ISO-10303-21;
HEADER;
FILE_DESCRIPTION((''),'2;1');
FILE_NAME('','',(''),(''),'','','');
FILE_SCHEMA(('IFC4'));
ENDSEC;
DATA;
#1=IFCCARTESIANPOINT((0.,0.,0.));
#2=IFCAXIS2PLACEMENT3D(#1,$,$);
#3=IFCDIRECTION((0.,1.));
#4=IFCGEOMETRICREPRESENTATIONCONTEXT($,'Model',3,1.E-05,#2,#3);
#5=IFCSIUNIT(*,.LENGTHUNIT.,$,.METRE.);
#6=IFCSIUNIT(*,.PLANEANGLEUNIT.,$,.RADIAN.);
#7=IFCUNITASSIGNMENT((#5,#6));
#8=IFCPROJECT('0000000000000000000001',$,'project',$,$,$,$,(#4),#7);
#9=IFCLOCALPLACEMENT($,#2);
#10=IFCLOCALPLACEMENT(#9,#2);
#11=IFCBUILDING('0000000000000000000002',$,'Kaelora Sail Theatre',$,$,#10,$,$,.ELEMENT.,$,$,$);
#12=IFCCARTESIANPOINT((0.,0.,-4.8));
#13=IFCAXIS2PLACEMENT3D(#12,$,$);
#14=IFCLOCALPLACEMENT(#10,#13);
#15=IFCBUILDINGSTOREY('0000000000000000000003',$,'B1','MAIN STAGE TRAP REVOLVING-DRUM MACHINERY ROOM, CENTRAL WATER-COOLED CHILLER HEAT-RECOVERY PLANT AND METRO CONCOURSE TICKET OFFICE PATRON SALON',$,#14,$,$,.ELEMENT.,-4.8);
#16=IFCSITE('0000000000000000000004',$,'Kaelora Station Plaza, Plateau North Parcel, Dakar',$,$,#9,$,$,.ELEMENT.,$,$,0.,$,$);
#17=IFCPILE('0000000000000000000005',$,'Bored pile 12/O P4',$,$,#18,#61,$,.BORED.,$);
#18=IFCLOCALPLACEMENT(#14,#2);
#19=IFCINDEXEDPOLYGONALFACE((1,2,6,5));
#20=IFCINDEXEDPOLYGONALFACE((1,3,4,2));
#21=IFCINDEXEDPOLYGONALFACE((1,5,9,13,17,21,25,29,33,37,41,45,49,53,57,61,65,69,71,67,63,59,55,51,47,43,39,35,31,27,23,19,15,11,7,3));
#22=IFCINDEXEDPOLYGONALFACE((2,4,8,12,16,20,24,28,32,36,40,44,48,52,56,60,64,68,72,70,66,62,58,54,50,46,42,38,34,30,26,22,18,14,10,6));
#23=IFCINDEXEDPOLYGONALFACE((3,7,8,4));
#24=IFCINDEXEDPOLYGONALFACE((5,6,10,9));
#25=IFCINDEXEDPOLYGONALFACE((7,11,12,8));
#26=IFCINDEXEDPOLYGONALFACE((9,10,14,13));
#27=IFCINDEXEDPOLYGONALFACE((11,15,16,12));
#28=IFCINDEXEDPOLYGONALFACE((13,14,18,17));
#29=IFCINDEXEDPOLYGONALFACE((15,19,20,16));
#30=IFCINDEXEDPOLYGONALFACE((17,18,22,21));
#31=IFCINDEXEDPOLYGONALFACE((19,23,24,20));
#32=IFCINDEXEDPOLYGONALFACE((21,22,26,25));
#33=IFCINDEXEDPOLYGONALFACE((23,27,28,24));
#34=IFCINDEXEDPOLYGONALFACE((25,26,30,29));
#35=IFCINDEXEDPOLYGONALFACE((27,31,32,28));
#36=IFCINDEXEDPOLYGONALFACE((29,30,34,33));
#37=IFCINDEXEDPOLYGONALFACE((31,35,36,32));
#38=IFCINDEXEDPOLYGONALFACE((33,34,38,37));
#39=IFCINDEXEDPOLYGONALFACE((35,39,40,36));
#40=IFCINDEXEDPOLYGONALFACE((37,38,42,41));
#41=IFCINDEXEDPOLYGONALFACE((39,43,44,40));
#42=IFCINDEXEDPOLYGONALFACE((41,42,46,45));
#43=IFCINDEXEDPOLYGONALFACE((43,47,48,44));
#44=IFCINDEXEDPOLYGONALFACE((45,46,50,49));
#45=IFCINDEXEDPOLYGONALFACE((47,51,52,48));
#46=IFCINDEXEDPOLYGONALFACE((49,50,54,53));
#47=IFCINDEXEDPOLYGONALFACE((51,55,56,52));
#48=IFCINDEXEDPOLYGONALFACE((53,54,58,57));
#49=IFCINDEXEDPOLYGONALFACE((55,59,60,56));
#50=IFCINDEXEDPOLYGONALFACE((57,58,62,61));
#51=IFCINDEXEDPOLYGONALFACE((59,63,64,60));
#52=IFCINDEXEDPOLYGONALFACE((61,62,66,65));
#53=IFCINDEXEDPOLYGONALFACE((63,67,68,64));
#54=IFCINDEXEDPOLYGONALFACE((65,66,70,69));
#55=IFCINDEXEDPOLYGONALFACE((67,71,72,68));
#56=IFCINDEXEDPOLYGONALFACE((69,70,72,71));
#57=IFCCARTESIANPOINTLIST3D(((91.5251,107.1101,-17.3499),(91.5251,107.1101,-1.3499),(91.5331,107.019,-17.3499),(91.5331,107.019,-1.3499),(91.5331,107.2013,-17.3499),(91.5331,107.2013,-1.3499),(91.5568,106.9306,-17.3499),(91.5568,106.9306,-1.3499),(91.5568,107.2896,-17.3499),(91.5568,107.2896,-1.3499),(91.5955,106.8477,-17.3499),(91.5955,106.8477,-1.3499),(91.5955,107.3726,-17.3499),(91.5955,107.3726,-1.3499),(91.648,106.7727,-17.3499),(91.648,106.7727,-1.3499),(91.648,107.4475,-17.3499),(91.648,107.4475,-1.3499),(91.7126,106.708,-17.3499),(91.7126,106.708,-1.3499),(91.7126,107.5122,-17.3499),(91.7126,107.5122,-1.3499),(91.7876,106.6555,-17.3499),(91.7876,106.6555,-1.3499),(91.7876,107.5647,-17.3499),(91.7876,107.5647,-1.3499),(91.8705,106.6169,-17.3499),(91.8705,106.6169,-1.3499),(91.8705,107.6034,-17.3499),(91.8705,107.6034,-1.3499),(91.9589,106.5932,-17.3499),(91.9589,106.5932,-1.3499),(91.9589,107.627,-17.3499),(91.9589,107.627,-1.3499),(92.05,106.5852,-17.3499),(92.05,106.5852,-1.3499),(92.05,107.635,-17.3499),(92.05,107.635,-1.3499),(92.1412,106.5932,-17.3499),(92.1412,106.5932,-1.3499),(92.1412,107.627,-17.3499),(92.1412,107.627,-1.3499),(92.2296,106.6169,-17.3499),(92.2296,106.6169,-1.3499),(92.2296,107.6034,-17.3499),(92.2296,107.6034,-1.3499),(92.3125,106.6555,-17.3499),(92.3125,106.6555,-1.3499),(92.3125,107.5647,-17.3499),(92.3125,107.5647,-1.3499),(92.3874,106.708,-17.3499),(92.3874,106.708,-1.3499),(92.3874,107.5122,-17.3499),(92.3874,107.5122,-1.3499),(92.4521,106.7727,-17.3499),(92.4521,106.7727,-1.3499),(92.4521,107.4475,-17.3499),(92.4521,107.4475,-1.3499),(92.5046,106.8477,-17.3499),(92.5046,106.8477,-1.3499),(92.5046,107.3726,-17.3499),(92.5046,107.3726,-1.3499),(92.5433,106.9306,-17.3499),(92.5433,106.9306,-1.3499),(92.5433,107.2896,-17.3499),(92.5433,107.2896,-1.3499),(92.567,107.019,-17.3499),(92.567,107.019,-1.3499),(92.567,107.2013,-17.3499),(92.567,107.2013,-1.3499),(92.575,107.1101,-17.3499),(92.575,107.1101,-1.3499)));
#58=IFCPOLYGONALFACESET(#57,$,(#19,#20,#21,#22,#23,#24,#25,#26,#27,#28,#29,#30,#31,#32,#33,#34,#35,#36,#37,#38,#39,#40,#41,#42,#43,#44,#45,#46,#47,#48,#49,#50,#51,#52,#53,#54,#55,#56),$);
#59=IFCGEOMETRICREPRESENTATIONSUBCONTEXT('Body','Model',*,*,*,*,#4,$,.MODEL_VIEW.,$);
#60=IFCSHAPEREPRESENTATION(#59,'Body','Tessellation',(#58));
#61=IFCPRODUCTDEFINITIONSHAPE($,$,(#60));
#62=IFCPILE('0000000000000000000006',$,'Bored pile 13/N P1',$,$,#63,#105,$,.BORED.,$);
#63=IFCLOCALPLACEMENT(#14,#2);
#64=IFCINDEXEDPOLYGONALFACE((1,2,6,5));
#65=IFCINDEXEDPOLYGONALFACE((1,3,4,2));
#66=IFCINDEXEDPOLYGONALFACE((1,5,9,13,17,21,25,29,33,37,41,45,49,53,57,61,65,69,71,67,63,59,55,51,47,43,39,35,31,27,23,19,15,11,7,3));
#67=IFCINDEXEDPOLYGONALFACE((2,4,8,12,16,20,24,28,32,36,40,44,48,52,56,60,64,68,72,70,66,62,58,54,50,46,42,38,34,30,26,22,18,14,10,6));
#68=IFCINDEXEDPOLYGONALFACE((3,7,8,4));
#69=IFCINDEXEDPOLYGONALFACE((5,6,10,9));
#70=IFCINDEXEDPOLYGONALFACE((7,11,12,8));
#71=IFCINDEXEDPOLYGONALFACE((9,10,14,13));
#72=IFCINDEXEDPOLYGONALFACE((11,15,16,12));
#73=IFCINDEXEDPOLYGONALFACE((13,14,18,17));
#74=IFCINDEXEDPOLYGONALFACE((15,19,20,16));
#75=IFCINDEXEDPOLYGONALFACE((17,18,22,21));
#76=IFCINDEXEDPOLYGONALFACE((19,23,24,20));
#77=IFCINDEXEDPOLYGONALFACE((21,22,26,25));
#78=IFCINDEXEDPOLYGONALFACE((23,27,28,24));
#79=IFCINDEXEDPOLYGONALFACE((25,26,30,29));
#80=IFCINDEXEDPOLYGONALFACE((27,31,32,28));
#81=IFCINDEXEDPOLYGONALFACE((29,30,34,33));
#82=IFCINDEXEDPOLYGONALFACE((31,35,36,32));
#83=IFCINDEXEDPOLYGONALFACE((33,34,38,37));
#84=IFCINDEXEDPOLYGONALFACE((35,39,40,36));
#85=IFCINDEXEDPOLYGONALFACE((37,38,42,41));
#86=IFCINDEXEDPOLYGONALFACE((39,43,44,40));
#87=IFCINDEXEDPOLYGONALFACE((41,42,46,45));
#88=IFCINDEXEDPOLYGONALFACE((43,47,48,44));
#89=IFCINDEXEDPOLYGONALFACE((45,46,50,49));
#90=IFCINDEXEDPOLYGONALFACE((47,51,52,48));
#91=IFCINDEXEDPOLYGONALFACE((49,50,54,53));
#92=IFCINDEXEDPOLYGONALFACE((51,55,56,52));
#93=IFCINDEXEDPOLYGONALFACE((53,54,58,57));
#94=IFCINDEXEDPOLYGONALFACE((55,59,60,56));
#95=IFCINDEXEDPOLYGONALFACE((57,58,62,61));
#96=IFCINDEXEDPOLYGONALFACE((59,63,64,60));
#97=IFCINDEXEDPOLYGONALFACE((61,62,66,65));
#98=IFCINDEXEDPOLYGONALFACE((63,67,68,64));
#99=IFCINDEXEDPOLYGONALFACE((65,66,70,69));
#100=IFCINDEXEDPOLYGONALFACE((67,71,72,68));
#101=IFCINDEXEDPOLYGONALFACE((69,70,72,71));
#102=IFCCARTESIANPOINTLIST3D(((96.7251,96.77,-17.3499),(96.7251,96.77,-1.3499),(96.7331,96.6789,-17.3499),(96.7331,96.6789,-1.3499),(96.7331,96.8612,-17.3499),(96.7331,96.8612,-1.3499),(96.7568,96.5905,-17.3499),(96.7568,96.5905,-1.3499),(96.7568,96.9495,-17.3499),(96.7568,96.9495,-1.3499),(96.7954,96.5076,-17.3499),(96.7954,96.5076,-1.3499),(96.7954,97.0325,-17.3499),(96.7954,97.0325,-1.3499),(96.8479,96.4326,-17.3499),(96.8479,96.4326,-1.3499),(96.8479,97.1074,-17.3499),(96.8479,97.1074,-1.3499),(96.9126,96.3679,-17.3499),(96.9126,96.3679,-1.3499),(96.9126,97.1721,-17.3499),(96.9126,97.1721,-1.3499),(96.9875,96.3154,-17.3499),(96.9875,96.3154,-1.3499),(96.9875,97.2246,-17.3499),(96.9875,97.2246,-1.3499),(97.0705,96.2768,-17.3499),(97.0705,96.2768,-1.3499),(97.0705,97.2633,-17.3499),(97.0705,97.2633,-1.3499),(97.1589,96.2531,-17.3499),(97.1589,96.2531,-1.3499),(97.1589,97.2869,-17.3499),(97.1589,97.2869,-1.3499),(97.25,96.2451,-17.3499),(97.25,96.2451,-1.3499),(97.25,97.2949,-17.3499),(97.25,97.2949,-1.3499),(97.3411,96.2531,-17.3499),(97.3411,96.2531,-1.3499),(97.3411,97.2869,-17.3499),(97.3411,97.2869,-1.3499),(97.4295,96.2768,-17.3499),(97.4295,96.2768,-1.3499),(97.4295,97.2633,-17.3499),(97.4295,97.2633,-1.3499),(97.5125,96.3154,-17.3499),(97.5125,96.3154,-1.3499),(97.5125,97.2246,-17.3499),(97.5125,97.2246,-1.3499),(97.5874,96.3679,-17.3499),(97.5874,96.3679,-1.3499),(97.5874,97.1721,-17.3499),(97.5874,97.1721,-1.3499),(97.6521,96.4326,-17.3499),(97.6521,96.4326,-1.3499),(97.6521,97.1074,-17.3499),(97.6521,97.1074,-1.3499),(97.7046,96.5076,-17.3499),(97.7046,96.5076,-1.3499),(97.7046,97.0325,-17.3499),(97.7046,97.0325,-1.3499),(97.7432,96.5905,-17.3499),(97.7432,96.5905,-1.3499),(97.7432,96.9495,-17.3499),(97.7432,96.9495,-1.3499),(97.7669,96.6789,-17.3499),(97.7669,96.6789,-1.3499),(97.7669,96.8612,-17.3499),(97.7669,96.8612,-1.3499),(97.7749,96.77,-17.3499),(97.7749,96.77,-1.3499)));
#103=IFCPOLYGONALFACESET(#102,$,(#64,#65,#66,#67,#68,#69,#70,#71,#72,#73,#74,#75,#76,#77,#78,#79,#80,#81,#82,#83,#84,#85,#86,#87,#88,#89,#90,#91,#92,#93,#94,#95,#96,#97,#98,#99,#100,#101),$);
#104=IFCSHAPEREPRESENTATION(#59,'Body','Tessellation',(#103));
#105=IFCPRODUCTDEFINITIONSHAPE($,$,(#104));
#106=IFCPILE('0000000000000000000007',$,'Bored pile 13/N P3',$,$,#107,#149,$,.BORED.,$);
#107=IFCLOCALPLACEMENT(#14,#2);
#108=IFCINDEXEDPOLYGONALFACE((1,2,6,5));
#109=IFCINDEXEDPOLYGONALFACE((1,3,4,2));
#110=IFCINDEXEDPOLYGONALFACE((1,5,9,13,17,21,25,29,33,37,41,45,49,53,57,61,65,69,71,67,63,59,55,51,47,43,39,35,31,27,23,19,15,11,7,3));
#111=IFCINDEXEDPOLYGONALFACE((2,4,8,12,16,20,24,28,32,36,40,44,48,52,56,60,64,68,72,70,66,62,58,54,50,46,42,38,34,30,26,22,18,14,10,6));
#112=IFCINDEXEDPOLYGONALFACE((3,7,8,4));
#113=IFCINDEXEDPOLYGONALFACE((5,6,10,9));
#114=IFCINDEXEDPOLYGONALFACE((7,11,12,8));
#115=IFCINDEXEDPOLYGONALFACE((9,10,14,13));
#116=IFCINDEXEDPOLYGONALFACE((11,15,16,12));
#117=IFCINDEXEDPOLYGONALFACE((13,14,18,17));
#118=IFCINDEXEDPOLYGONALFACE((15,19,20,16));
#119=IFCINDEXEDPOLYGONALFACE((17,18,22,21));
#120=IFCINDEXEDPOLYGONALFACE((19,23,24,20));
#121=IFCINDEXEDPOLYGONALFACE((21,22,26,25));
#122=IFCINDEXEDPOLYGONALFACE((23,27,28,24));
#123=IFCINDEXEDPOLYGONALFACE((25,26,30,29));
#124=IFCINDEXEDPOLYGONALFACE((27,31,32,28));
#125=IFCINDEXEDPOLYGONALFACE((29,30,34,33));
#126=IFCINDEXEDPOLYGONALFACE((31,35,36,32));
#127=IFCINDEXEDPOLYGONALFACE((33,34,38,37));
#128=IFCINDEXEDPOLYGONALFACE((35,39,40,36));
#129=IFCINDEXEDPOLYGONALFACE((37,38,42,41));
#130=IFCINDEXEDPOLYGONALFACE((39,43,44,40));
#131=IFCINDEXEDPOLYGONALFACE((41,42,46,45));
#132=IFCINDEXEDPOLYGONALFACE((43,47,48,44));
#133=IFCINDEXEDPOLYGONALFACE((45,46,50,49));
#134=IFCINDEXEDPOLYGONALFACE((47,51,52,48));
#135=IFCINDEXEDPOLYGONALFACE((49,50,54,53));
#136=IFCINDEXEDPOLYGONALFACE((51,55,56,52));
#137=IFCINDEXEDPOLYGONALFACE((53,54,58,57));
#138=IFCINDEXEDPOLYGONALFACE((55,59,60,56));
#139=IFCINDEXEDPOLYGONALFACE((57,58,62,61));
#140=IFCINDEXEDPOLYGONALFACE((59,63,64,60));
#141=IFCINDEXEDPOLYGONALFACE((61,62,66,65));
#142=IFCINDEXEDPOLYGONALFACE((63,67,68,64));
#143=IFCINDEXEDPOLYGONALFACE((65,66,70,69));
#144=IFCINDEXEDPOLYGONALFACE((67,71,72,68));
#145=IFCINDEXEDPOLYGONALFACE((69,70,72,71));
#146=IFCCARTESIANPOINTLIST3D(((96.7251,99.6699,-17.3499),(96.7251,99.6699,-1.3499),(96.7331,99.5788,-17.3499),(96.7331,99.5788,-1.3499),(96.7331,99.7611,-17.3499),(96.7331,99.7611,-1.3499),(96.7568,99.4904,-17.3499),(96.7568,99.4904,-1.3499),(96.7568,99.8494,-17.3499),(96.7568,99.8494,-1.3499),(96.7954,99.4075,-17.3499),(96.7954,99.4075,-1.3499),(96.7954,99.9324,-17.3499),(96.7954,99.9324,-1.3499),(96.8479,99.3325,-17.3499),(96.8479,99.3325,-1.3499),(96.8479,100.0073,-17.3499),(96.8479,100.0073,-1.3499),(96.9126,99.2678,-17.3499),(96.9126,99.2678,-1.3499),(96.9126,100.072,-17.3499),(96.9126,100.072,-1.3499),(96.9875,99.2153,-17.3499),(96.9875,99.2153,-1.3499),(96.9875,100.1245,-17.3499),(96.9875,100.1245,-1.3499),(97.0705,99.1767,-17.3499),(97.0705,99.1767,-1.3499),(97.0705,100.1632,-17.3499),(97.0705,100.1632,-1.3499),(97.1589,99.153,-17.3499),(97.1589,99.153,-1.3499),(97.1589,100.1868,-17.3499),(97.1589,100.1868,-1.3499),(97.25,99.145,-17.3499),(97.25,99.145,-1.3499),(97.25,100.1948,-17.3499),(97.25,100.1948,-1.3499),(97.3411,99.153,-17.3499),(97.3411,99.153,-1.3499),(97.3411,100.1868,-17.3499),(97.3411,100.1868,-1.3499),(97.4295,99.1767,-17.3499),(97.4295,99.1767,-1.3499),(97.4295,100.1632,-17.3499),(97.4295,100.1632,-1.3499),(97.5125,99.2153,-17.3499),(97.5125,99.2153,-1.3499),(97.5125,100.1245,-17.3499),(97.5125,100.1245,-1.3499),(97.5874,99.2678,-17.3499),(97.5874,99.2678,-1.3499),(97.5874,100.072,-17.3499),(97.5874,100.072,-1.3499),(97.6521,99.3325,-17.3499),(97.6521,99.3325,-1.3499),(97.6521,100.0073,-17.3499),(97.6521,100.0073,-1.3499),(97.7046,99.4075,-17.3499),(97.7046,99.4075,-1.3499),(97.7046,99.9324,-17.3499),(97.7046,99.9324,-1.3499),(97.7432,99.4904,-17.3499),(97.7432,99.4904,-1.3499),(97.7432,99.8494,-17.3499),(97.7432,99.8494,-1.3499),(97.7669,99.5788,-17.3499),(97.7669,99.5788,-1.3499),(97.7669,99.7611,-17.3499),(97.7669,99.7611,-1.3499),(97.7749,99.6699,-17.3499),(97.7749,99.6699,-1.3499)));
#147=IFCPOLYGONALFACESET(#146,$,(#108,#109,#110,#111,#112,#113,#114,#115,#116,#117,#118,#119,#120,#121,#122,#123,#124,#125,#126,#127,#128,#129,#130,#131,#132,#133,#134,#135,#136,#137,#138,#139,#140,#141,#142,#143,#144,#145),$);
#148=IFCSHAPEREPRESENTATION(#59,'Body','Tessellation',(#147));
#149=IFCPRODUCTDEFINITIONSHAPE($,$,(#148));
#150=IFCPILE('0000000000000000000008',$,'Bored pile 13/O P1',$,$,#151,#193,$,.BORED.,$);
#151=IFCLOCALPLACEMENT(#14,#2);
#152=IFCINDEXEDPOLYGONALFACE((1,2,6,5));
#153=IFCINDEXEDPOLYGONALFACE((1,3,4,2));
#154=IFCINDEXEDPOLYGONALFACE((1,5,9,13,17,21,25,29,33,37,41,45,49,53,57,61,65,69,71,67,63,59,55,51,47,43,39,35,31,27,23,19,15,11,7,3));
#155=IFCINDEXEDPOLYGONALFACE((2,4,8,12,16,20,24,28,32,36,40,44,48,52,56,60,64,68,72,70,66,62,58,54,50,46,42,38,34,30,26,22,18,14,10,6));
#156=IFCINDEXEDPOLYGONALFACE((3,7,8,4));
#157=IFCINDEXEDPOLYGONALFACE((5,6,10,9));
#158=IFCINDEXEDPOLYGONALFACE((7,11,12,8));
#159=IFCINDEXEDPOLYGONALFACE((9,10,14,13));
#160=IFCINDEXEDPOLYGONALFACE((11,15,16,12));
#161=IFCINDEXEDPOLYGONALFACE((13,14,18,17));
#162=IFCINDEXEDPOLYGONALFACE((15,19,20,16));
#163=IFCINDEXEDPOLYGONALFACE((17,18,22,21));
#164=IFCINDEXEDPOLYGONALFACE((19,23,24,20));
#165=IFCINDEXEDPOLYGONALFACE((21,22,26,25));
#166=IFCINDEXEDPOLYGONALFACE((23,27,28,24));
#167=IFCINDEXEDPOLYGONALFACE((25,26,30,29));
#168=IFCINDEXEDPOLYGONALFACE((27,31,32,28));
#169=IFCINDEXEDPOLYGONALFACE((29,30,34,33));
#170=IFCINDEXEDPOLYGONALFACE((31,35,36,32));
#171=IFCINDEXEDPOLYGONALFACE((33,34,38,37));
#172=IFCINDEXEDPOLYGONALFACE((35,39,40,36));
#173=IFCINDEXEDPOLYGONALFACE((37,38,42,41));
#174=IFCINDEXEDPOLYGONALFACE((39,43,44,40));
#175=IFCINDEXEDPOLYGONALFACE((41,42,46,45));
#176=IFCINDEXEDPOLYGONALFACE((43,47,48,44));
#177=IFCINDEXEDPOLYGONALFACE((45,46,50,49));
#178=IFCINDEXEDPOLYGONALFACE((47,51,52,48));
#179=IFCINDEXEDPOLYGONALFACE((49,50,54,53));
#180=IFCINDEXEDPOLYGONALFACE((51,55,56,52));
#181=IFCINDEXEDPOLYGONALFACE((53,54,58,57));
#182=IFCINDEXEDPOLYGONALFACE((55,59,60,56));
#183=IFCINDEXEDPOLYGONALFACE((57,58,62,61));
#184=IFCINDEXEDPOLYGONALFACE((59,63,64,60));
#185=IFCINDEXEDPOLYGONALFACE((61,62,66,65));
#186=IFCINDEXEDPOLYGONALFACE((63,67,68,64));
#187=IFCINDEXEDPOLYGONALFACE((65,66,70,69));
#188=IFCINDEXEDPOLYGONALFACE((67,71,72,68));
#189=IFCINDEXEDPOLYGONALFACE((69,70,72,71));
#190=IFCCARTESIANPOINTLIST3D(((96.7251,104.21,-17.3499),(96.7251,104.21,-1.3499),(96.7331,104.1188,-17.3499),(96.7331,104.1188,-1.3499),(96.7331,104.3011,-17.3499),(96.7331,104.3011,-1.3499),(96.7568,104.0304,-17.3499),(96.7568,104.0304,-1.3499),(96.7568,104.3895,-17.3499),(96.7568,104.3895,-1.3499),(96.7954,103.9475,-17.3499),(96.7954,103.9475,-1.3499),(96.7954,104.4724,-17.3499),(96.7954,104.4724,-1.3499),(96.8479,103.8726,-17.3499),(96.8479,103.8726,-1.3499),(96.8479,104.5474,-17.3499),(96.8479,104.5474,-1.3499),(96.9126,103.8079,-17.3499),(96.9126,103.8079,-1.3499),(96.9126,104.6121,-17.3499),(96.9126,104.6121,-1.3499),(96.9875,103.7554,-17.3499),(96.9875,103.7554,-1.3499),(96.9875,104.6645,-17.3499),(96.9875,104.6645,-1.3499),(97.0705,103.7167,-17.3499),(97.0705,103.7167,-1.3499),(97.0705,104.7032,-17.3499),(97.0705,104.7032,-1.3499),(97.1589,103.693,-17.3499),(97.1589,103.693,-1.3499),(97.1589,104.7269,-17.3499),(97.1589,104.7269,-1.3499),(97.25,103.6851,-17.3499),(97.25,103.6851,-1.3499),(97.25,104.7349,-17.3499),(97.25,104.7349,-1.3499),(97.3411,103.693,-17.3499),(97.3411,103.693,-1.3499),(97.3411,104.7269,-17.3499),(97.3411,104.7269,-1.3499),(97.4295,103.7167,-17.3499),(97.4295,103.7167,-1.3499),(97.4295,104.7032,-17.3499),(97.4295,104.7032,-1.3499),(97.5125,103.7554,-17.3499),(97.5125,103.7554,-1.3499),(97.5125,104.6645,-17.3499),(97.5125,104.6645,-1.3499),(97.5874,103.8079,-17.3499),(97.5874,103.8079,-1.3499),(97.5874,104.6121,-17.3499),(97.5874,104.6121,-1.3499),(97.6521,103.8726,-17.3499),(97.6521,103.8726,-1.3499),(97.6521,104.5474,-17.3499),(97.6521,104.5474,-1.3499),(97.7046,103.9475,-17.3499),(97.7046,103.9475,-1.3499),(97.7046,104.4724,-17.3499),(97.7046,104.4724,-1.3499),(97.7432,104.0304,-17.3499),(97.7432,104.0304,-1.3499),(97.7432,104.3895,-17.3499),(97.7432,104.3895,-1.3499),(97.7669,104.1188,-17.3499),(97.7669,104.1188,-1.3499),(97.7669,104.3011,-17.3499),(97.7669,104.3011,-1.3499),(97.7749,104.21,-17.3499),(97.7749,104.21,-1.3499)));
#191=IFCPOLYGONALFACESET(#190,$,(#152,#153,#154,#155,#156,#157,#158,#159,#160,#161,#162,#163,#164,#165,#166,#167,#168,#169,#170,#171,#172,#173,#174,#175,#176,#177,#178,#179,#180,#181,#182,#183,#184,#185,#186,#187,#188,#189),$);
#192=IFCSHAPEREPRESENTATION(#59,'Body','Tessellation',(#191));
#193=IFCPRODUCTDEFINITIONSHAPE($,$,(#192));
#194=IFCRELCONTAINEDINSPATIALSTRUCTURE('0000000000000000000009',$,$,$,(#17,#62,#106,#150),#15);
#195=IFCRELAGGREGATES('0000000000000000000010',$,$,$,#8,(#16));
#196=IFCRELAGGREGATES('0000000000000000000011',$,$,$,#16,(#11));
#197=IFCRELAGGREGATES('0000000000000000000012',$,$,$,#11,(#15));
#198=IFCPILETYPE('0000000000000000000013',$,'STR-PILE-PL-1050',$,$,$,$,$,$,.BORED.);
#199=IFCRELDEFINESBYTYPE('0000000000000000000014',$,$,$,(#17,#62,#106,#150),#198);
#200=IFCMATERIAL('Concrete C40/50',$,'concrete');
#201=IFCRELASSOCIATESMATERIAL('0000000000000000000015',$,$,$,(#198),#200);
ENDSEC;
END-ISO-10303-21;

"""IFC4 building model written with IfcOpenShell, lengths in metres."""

from ifc_helpers import new_model, si_unit, direction, frame, origin, origin_2d, place, context, subcontext, project, spatial, circle, extrude, material, material_profile, profile_set, type_object, element, save


model = new_model("IFC4")

# Units and contexts
model_context = context("Model", 3, precision=1e-05, world=origin(), true_north=direction((0.0, 1.0)))
body_context = subcontext(model_context, "Body", "Model", "MODEL_VIEW")
ifc_project = project(units=[si_unit("LENGTHUNIT", "METRE"), si_unit("PLANEANGLEUNIT", "RADIAN")], contexts=[model_context])

# Site, building, storey
site_placement = place(None, origin())
site = spatial("IfcSite", under=ifc_project, at=site_placement, Name="Kaelora Station Plaza, Plateau North Parcel, Dakar", CompositionType="ELEMENT", RefElevation=0.0)
building_placement = place(site_placement, origin())
building = spatial("IfcBuilding", under=site, at=building_placement, Name="Kaelora Sail Theatre", CompositionType="ELEMENT")
storey_placement = place(building_placement, frame((0.0, 0.0, -4.8)))
storey = spatial("IfcBuildingStorey", under=building, at=storey_placement, Name="B1", Description="MAIN STAGE TRAP REVOLVING-DRUM MACHINERY ROOM, CENTRAL WATER-COOLED CHILLER HEAT-RECOVERY PLANT AND METRO CONCOURSE TICKET OFFICE PATRON SALON", CompositionType="ELEMENT", Elevation=-4.8)

# Piles
ifc_material_1 = material(Name="Concrete C40/50", Category="concrete")
ifc_material_profile_1 = material_profile(ifc_material_1, circle(Radius=0.5249, at=origin_2d()), Name="PILE D1050")
ifc_profile_set_1 = profile_set([ifc_material_profile_1], Name="Concrete C40/50")
pile_type_1 = type_object("IfcPileType", Name="STR-PILE-PL-1050", PredefinedType="BORED", material=ifc_profile_set_1)
for number, where, z_axis, x_axis, name in (
    (1, (92.05, 107.1101, -1.3499), (0.0, 0.0, -1.0), (1.0, 0.0, 0.0), "Bored pile 12/O P4"),
    (2, (97.25, 96.77, -1.3499), (0.0, 0.0, -1.0), (1.0, 0.0, 0.0), "Bored pile 13/N P1"),
    (3, (97.25, 99.6699, -1.3499), (0.0, 0.0, -1.0), (1.0, 0.0, 0.0), "Bored pile 13/N P3"),
    (4, (97.25, 104.21, -1.3499), (0.0, 0.0, -1.0), (1.0, 0.0, 0.0), "Bored pile 13/O P1"),
):
    element("IfcPile", number, at=place(storey_placement, frame(where, z_axis=z_axis, x_axis=x_axis)), inside=storey, type_object=pile_type_1, Name=name, PredefinedType="BORED", context=body_context, shape_type="SweptSolid", body=[
        extrude(circle(Radius=0.5249, at=origin_2d()), origin(), (0.0, 0.0, 1.0), 16.0),
    ])

save(model, "model.ifc")
